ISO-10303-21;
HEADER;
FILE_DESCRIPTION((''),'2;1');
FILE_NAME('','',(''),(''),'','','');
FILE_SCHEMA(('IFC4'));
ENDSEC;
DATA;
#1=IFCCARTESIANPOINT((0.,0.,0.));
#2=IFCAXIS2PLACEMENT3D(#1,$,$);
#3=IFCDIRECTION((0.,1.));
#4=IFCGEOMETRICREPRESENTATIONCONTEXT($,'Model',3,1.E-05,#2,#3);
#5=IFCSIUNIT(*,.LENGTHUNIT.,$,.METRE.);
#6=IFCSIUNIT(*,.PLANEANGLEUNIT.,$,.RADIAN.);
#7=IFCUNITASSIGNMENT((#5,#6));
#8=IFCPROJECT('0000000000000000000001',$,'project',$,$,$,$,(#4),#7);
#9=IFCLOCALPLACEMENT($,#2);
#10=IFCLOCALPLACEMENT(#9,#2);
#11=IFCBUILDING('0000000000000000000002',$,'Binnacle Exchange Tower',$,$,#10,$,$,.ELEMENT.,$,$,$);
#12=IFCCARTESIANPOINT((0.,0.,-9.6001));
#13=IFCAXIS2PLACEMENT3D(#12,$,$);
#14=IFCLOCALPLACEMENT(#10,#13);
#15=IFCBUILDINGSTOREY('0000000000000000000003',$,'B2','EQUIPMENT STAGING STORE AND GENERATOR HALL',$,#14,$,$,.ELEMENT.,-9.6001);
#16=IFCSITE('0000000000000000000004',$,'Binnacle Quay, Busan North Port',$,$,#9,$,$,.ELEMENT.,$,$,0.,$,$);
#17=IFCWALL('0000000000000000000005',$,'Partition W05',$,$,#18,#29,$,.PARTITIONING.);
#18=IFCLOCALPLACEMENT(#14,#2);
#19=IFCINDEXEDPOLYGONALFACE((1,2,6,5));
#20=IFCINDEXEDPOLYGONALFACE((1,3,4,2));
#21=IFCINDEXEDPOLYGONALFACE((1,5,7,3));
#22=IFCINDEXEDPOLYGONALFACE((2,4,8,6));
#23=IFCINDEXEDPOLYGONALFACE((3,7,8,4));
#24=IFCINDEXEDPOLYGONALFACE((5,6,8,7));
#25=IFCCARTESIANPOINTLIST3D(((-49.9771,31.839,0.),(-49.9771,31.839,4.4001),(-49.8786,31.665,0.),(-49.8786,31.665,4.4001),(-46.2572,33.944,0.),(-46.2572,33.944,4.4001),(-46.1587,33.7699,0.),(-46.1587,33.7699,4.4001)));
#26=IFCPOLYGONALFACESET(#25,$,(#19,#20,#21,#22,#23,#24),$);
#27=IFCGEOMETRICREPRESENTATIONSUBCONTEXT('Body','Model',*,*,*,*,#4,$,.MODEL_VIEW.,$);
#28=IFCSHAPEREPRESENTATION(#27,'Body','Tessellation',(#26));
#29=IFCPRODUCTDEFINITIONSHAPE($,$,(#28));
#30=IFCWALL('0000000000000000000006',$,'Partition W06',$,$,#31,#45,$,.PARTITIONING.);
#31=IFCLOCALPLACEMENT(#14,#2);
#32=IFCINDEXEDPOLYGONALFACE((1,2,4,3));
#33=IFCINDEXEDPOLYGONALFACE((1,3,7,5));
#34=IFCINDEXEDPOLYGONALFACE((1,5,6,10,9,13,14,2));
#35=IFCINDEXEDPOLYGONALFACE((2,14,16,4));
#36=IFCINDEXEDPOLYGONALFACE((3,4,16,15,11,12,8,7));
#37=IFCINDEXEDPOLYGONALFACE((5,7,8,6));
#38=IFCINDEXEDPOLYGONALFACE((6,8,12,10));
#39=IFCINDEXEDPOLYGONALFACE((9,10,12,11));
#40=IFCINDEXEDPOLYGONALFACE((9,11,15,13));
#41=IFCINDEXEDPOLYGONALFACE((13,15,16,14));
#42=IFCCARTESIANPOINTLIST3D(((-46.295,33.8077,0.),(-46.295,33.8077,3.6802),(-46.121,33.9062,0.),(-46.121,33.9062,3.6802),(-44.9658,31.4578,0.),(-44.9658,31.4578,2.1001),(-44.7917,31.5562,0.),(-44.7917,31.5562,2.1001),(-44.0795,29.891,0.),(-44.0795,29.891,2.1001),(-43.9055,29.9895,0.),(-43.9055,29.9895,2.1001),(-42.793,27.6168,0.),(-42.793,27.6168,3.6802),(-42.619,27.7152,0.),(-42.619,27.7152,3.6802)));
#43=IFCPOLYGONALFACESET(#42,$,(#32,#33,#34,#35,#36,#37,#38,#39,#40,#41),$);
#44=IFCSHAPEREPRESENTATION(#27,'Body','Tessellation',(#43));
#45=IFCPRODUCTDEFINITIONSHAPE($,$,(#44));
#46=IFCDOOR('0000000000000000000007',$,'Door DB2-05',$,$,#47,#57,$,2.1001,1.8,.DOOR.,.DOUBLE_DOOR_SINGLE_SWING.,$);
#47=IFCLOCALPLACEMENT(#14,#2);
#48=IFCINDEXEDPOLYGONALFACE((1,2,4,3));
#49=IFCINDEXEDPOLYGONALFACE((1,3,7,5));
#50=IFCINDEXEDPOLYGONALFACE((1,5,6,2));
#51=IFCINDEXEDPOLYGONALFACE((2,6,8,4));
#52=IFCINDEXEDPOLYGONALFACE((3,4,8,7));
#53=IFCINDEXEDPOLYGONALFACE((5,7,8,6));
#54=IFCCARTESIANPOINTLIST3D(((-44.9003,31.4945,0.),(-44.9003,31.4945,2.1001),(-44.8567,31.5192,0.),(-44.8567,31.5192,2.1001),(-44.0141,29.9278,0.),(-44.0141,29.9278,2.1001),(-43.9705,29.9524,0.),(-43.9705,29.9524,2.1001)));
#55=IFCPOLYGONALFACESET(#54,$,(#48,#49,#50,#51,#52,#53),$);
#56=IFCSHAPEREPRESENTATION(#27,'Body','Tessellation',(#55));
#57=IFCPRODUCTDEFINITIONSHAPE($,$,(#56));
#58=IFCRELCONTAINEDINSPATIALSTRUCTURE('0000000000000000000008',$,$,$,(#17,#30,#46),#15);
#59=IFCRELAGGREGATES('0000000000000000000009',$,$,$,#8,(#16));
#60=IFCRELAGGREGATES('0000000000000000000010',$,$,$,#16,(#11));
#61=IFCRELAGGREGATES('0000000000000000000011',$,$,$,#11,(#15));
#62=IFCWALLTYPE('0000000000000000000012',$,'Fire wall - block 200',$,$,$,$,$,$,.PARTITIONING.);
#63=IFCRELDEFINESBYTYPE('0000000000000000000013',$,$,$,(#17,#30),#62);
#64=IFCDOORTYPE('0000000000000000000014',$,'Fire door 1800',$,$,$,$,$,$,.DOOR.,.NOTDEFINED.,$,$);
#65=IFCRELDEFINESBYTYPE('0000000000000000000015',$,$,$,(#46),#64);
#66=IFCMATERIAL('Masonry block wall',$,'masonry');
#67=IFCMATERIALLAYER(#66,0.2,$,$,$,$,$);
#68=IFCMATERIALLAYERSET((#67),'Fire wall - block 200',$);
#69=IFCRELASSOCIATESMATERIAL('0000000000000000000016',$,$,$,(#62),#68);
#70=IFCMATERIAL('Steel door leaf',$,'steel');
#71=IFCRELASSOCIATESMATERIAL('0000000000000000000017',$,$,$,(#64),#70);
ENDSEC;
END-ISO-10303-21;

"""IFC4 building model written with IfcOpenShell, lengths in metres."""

from ifc_helpers import new_model, si_unit, direction, frame, frame_2d, origin, place, context, subcontext, project, spatial, rectangle, extrude, material, layer, layer_set, type_object, element, fill, save


model = new_model("IFC4")

# Units and contexts
model_context = context("Model", 3, precision=1e-05, world=origin(), true_north=direction((0.0, 1.0)))
body_context = subcontext(model_context, "Body", "Model", "MODEL_VIEW")
ifc_project = project(units=[si_unit("LENGTHUNIT", "METRE"), si_unit("PLANEANGLEUNIT", "RADIAN")], contexts=[model_context])

# Site, building, storey
site_placement = place(None, origin())
site = spatial("IfcSite", under=ifc_project, at=site_placement, Name="Binnacle Quay, Busan North Port", CompositionType="ELEMENT", RefElevation=0.0)
building_placement = place(site_placement, origin())
building = spatial("IfcBuilding", under=site, at=building_placement, Name="Binnacle Exchange Tower", CompositionType="ELEMENT")
storey_placement = place(building_placement, frame((0.0, 0.0, -9.6001)))
storey = spatial("IfcBuildingStorey", under=building, at=storey_placement, Name="B2", Description="EQUIPMENT STAGING STORE AND GENERATOR HALL", CompositionType="ELEMENT", Elevation=-9.6001)

# Shared definitions
ifc_material_1 = material(Name="Masonry block wall", Category="masonry")
ifc_layer_1 = layer(ifc_material_1, 0.2)
ifc_layer_set_1 = layer_set([ifc_layer_1], Name="Fire wall - block 200")
wall_type_1 = type_object("IfcWallType", Name="Fire wall - block 200", PredefinedType="PARTITIONING", material=ifc_layer_set_1)

# Shared definitions
ifc_material_2 = material(Name="Steel door leaf", Category="steel")
door_type = type_object("IfcDoorType", Name="Fire door 1800", OperationType="NOTDEFINED", PredefinedType="DOOR", material=ifc_material_2)

# Wall
wall_1_placement = place(storey_placement, frame((-49.928, 31.752, 0.0), z_axis=(0.0, 0.0, 1.0), x_axis=(0.870323, 0.492481, 0.0)))
element("IfcWall", 1, at=wall_1_placement, inside=storey, type_object=wall_type_1, Name="Partition W05", PredefinedType="PARTITIONING", context=body_context, shape_type="SweptSolid", body=[
    extrude(rectangle(XDim=4.2742, YDim=0.2, at=frame_2d((2.1372, 0.0))), origin(), (0.0, 0.0, 1.0), 4.4001),
])

# Wall, opening, door
wall_2_placement = place(storey_placement, frame((-46.208, 33.8569, 0.0), z_axis=(0.0, 0.0, 1.0), x_axis=(0.492349, -0.870398, 0.0)))
wall_2 = element("IfcWall", 2, at=wall_2_placement, inside=storey, type_object=wall_type_1, Name="Partition W06", PredefinedType="PARTITIONING", context=body_context, shape_type="SweptSolid", body=[
    extrude(rectangle(XDim=7.1128, YDim=0.2, at=frame_2d((3.5564, 0.0))), origin(), (0.0, 0.0, 1.0), 3.6802),
])
opening_1_placement = place(wall_2_placement, frame((2.7, 0.0, 0.0)))
opening_1 = element("IfcOpeningElement", 3, at=opening_1_placement, cuts=wall_2, PredefinedType="OPENING", context=body_context, shape_type="SweptSolid", body=[
    extrude(rectangle(XDim=1.8, YDim=2.1001, at=frame_2d((0.8999, 1.05))), frame((0.0, 0.1099, 0.0), z_axis=(0.0, -1.0, 0.0), x_axis=(1.0, 0.0, 0.0)), (0.0, 0.0, 1.0), 0.22),
])
door_1_placement = place(opening_1_placement, frame((1.8, 0.0, 0.0), z_axis=(0.0, 0.0, 1.0), x_axis=(-1.0, 0.0, 0.0)))
door_1 = element("IfcDoor", 4, at=door_1_placement, inside=storey, type_object=door_type, Name="Door DB2-05", OperationType="DOUBLE_DOOR_SINGLE_SWING", OverallHeight=2.1001, OverallWidth=1.8, PredefinedType="DOOR", context=body_context, shape_type="SweptSolid", body=[
    extrude(rectangle(XDim=1.8, YDim=2.1001, at=frame_2d((0.8999, 1.05))), frame((0.0, 0.0249, 0.0), z_axis=(0.0, -1.0, 0.0), x_axis=(1.0, 0.0, 0.0)), (0.0, 0.0, 1.0), 0.05),
])
fill(opening_1, door_1)

save(model, "model.ifc")
